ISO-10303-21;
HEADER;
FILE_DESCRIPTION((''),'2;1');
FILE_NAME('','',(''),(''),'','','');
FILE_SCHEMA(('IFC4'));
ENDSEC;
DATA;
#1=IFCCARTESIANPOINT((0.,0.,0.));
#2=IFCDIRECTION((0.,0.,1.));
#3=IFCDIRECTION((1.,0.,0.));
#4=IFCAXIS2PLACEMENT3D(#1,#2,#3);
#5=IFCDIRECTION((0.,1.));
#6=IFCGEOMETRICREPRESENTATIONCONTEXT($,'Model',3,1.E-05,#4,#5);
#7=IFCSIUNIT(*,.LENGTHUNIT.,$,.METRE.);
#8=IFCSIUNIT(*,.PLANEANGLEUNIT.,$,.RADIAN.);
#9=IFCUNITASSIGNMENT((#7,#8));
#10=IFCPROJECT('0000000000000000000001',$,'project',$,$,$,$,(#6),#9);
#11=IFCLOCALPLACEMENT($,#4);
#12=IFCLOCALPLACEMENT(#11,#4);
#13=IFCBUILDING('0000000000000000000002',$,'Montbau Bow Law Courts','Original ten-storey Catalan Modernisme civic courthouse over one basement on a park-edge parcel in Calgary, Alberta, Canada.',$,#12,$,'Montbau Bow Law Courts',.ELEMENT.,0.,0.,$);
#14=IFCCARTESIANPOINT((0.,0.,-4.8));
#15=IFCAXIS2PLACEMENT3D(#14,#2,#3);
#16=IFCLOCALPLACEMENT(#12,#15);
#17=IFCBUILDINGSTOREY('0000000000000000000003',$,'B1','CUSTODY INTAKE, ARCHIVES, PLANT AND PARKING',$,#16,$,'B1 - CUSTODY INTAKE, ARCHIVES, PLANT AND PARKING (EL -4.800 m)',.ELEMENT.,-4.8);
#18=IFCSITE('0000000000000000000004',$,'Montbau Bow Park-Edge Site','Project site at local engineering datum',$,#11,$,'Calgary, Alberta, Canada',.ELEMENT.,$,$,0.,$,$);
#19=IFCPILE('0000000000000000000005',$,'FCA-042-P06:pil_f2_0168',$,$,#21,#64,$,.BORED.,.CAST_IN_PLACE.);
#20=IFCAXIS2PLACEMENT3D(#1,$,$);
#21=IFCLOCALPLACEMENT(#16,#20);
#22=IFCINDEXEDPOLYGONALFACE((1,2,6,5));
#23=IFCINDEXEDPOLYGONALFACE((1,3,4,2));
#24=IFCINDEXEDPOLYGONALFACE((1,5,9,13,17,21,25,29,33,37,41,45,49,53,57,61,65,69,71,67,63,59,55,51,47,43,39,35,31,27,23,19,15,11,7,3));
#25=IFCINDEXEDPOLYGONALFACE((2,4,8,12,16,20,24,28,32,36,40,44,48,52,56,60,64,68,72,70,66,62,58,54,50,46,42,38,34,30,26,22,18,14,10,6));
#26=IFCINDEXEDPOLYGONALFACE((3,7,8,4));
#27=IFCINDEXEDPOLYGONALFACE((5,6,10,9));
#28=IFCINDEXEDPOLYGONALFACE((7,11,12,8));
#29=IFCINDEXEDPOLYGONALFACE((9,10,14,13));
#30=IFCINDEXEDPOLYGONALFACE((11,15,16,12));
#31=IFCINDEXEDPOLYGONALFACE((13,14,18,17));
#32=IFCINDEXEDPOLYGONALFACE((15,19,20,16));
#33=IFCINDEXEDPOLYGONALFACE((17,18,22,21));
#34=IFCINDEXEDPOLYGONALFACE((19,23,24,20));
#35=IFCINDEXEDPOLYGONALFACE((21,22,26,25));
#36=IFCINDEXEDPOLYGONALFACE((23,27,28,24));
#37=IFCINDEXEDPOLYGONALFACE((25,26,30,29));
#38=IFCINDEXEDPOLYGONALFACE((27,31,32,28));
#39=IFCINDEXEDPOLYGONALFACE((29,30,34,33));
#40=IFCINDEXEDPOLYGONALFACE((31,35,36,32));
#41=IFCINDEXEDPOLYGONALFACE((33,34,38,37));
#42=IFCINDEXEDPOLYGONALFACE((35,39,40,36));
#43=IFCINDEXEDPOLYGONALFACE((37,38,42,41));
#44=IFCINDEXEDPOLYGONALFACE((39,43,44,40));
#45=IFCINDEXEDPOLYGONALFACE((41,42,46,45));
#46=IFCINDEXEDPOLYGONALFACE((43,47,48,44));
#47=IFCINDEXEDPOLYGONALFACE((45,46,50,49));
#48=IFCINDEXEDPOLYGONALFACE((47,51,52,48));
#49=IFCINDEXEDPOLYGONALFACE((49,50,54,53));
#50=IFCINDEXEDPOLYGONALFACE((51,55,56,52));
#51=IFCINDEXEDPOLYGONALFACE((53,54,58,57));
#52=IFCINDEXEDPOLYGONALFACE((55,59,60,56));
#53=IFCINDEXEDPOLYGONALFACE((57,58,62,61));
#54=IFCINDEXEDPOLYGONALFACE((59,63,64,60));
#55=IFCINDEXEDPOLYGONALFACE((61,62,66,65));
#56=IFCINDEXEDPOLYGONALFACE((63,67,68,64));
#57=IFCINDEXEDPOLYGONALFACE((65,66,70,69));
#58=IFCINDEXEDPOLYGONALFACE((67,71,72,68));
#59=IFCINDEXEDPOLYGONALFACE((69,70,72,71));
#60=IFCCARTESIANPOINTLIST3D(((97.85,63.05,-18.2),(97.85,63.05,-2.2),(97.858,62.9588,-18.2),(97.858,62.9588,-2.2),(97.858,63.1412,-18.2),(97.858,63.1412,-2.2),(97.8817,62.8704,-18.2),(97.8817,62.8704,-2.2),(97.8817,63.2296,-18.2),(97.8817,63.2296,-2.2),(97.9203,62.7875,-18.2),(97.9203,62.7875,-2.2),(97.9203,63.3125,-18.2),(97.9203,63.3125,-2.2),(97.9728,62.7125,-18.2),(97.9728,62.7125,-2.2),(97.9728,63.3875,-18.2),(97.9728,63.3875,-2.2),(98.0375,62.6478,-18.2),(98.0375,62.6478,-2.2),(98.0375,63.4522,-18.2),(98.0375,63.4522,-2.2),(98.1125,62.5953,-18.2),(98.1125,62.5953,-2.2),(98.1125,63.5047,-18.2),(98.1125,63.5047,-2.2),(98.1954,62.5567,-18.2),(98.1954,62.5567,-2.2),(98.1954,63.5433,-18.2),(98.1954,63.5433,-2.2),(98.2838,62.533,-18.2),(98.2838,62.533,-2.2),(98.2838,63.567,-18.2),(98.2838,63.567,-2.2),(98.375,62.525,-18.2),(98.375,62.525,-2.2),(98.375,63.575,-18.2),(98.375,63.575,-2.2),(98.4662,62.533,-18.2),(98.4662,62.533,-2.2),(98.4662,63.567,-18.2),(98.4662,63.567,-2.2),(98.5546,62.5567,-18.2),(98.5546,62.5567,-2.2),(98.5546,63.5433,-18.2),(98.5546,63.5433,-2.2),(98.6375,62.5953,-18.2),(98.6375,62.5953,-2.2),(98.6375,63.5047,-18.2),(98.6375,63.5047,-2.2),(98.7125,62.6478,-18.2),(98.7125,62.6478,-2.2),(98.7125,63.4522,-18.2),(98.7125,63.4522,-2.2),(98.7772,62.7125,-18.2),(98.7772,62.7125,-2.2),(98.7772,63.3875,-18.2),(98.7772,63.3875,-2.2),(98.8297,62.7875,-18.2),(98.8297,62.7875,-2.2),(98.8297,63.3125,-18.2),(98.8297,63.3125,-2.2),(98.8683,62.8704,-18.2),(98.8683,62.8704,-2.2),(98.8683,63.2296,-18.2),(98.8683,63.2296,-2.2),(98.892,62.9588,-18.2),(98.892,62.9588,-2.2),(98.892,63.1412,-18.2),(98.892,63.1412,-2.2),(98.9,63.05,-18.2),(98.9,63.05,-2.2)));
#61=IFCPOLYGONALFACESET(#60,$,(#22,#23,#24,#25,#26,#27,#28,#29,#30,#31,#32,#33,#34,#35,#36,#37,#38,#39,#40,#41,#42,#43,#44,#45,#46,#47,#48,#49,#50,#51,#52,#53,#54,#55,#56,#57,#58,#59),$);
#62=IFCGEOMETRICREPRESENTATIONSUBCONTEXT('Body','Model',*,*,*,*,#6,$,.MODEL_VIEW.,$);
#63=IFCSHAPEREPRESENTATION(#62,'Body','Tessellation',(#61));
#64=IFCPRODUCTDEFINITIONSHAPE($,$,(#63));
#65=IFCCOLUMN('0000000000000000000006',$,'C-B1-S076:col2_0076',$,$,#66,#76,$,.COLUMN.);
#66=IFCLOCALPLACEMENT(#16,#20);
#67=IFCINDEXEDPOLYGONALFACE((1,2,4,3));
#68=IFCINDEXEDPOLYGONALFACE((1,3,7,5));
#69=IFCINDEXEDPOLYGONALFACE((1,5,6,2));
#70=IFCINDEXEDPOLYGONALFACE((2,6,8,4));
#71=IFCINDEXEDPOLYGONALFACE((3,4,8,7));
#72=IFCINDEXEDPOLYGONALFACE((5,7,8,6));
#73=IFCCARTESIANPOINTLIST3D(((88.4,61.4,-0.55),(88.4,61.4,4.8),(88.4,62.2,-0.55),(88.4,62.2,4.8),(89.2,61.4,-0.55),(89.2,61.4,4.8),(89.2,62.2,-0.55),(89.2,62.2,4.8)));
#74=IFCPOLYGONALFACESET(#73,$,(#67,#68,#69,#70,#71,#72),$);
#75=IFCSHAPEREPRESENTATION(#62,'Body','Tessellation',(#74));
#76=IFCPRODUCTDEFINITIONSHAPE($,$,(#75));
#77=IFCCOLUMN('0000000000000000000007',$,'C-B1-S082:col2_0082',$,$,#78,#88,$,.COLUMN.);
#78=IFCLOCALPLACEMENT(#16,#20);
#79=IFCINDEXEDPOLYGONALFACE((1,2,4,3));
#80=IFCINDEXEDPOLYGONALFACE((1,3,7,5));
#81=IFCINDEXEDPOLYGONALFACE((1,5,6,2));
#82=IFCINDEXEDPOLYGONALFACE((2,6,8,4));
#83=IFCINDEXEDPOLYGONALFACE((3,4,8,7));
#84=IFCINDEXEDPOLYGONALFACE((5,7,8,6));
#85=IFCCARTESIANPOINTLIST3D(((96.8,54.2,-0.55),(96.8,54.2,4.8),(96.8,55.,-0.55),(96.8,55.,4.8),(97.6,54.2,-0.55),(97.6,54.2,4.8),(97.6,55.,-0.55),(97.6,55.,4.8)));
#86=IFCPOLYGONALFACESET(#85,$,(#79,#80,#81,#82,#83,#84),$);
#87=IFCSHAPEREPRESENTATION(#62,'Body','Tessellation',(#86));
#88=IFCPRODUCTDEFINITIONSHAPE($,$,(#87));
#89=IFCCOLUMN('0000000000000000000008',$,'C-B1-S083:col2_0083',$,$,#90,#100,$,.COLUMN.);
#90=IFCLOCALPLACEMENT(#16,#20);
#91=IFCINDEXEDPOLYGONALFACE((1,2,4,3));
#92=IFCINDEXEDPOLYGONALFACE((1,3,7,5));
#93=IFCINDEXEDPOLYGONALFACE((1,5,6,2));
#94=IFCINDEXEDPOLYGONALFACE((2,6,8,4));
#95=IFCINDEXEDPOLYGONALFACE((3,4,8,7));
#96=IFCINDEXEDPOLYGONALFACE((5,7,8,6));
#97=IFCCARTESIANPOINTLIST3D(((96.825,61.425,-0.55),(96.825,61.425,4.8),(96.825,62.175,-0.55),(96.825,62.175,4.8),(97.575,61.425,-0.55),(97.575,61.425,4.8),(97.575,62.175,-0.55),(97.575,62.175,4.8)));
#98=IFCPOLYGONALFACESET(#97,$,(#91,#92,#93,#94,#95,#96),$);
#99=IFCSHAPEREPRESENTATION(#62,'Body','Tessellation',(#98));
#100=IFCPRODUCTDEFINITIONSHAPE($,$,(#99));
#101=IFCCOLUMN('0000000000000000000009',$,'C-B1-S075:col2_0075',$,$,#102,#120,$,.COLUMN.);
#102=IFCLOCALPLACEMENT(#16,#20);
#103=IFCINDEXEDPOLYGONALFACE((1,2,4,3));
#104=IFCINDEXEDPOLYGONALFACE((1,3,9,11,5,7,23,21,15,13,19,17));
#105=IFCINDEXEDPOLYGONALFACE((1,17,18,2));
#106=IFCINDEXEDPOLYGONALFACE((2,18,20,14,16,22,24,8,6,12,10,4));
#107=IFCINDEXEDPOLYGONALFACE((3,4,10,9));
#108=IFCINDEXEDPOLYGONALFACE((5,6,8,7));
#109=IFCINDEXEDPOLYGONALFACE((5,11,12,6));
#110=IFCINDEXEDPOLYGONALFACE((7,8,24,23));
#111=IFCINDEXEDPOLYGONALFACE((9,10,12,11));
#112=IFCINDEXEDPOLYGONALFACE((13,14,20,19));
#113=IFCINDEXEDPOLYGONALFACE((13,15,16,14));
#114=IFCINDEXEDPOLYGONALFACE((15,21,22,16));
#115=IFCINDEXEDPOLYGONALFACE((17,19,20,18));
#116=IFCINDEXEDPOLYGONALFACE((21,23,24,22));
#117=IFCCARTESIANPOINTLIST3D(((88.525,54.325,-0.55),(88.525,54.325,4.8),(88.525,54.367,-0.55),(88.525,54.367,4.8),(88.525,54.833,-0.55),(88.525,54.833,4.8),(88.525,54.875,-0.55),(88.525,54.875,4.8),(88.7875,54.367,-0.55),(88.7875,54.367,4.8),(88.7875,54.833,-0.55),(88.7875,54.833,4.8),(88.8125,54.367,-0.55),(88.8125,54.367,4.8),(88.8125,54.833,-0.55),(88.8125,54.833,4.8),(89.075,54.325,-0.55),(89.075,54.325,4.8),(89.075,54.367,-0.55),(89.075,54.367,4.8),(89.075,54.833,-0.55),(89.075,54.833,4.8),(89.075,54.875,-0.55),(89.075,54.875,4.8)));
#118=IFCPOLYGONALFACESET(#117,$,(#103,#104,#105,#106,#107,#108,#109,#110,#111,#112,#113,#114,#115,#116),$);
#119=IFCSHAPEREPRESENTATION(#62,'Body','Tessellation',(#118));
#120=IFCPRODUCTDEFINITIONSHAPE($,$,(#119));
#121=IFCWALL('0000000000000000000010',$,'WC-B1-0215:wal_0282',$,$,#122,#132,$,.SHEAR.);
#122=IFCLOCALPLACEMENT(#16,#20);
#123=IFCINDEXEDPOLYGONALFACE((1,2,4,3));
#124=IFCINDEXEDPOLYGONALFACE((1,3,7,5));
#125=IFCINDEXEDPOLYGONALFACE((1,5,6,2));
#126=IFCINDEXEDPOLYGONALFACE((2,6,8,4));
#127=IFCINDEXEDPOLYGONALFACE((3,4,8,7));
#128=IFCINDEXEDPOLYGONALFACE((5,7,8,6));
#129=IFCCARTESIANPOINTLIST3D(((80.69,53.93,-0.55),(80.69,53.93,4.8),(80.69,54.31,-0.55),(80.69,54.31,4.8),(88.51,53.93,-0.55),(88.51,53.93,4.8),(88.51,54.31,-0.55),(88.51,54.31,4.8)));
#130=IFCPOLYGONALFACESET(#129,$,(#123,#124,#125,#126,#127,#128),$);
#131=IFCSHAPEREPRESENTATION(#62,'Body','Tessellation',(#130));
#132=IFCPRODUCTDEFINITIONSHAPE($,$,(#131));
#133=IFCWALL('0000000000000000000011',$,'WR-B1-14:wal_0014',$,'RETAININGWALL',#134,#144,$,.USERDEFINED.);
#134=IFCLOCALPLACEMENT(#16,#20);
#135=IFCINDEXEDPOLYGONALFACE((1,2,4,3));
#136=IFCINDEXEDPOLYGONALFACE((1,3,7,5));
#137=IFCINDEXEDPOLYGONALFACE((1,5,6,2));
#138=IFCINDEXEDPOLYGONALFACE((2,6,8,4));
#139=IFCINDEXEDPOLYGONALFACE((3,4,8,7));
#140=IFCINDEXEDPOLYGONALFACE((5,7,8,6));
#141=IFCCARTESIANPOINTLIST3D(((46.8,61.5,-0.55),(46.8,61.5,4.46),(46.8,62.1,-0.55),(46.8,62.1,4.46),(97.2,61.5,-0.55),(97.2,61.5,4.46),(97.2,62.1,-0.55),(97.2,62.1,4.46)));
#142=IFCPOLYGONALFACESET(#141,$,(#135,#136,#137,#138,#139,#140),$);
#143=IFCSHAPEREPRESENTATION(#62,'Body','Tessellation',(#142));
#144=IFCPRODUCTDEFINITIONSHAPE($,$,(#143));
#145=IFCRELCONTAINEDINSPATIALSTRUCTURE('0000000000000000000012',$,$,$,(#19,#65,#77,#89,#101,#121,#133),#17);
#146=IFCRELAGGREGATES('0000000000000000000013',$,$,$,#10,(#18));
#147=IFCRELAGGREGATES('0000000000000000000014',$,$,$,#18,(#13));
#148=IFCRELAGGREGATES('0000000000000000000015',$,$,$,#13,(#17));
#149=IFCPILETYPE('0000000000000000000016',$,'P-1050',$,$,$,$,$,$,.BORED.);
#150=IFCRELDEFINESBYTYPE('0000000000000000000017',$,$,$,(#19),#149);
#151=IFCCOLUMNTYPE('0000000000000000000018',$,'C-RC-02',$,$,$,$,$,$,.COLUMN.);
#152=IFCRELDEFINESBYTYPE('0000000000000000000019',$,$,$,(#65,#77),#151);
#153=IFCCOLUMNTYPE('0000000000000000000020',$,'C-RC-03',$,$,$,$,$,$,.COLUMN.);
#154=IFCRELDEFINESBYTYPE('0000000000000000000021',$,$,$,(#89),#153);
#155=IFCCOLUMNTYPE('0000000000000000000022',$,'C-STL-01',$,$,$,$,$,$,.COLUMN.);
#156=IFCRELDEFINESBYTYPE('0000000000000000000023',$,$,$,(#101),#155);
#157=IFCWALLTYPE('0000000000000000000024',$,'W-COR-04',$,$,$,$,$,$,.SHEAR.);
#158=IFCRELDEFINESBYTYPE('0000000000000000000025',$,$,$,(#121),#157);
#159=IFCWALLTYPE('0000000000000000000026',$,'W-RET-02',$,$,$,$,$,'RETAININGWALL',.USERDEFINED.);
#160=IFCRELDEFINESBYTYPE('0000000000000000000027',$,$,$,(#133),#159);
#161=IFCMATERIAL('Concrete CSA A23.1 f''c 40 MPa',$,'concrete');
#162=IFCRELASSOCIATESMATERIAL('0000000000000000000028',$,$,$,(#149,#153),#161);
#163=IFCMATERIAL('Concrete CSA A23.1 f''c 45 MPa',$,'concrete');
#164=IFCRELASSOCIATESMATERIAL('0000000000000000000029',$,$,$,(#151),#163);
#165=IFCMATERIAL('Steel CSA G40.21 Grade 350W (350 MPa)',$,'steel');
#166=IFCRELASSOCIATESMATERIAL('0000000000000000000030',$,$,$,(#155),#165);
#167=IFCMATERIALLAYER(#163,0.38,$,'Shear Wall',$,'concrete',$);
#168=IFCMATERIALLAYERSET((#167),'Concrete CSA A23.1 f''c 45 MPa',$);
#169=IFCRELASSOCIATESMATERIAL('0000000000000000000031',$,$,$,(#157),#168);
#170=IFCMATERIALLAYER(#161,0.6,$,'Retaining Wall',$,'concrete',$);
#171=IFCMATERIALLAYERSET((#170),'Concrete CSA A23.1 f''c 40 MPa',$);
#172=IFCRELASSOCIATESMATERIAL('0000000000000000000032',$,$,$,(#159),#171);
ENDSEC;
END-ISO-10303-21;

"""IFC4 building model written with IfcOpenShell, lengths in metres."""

from ifc_helpers import new_model, si_unit, direction, frame, frame_2d, origin_with_axes, origin_2d_with_axis, place, context, subcontext, project, spatial, rectangle, circle, i_section, extrude, material, layer, layer_set, material_profile, profile_set, type_object, element, save


model = new_model("IFC4")

# Units and contexts
model_context = context("Model", 3, precision=1e-05, world=origin_with_axes(), true_north=direction((0.0, 1.0)))
body_context = subcontext(model_context, "Body", "Model", "MODEL_VIEW")
ifc_project = project(units=[si_unit("LENGTHUNIT", "METRE"), si_unit("PLANEANGLEUNIT", "RADIAN")], contexts=[model_context])

# Site, building, storey
site_placement = place(None, origin_with_axes())
site = spatial("IfcSite", under=ifc_project, at=site_placement, Name="Montbau Bow Park-Edge Site", Description="Project site at local engineering datum", LongName="Calgary, Alberta, Canada", CompositionType="ELEMENT", RefElevation=0.0)
building_placement = place(site_placement, origin_with_axes())
building = spatial("IfcBuilding", under=site, at=building_placement, Name="Montbau Bow Law Courts", Description="Original ten-storey Catalan Modernisme civic courthouse over one basement on a park-edge parcel in Calgary, Alberta, Canada.", LongName="Montbau Bow Law Courts", CompositionType="ELEMENT", ElevationOfRefHeight=0.0, ElevationOfTerrain=0.0)
storey_placement = place(building_placement, frame((0.0, 0.0, -4.8), z_axis=(0.0, 0.0, 1.0), x_axis=(1.0, 0.0, 0.0)))
storey = spatial("IfcBuildingStorey", under=building, at=storey_placement, Name="B1", Description="CUSTODY INTAKE, ARCHIVES, PLANT AND PARKING", LongName="B1 - CUSTODY INTAKE, ARCHIVES, PLANT AND PARKING (EL -4.800 m)", CompositionType="ELEMENT", Elevation=-4.8)

# Pile
ifc_material_1 = material(Name="Concrete CSA A23.1 f'c 40 MPa", Category="concrete")
ifc_material_profile_1 = material_profile(ifc_material_1, circle(Radius=0.525, at=origin_2d_with_axis()), Name="BP1050", Category="Main", Priority=0)
ifc_profile_set_1 = profile_set([ifc_material_profile_1], Name="Concrete CSA A23.1 f'c 40 MPa")
pile_type_1 = type_object("IfcPileType", Name="P-1050", PredefinedType="BORED", material=ifc_profile_set_1)
for number, where, z_axis, x_axis, name in (
    (1, (98.375, 63.05, -23.0), (0.0, 0.0, 1.0), (1.0, 0.0, 0.0), "FCA-042-P06:pil_f2_0168"),
):
    element("IfcPile", number, at=place(None, frame(where, z_axis=z_axis, x_axis=x_axis)), inside=storey, type_object=pile_type_1, Name=name, ConstructionType="CAST_IN_PLACE", PredefinedType="BORED", context=body_context, shape_type="SweptSolid", body=[
        extrude(circle(Radius=0.525, at=origin_2d_with_axis()), origin_with_axes(), (0.0, 0.0, 1.0), 16.0),
    ])

# Columns
ifc_material_2 = material(Name="Concrete CSA A23.1 f'c 45 MPa", Category="concrete")
ifc_material_profile_2 = material_profile(ifc_material_2, rectangle(XDim=0.8, YDim=0.8, at=origin_2d_with_axis()), Name="RC800X800", Category="Main", Priority=0)
ifc_profile_set_2 = profile_set([ifc_material_profile_2], Name="Concrete CSA A23.1 f'c 45 MPa")
column_type_1 = type_object("IfcColumnType", Name="C-RC-02", PredefinedType="COLUMN", material=ifc_profile_set_2)
for number, where, z_axis, x_axis, name in (
    (2, (88.8, 61.8, -5.35), (0.0, 0.0, 1.0), (1.0, 0.0, 0.0), "C-B1-S076:col2_0076"),
    (3, (97.2, 54.6, -5.35), (0.0, 0.0, 1.0), (1.0, 0.0, 0.0), "C-B1-S082:col2_0082"),
):
    element("IfcColumn", number, at=place(None, frame(where, z_axis=z_axis, x_axis=x_axis)), inside=storey, type_object=column_type_1, Name=name, PredefinedType="COLUMN", context=body_context, shape_type="SweptSolid", body=[
        extrude(rectangle(XDim=0.8, YDim=0.8, at=origin_2d_with_axis()), origin_with_axes(), (0.0, 0.0, 1.0), 5.35),
    ])
ifc_material_profile_3 = material_profile(ifc_material_1, rectangle(XDim=0.75, YDim=0.75, at=origin_2d_with_axis()), Name="RC750X750", Category="Main", Priority=0)
ifc_profile_set_3 = profile_set([ifc_material_profile_3], Name="Concrete CSA A23.1 f'c 40 MPa")
column_type_2 = type_object("IfcColumnType", Name="C-RC-03", PredefinedType="COLUMN", material=ifc_profile_set_3)
column_1_placement = place(None, frame((97.2, 61.8, -5.35), z_axis=(0.0, 0.0, 1.0), x_axis=(1.0, 0.0, 0.0)))
element("IfcColumn", 4, at=column_1_placement, inside=storey, type_object=column_type_2, Name="C-B1-S083:col2_0083", PredefinedType="COLUMN", context=body_context, shape_type="SweptSolid", body=[
    extrude(rectangle(XDim=0.75, YDim=0.75, at=origin_2d_with_axis()), origin_with_axes(), (0.0, 0.0, 1.0), 5.35),
])
ifc_material_3 = material(Name="Steel CSA G40.21 Grade 350W (350 MPa)", Category="steel")
ifc_material_profile_4 = material_profile(ifc_material_3, i_section(OverallWidth=0.55, OverallDepth=0.55, WebThickness=0.025, FlangeThickness=0.042, at=origin_2d_with_axis()), Name="WWF550X420", Category="Main", Priority=0)
ifc_profile_set_4 = profile_set([ifc_material_profile_4], Name="Steel CSA G40.21 Grade 350W (350 MPa)")
column_type_3 = type_object("IfcColumnType", Name="C-STL-01", PredefinedType="COLUMN", material=ifc_profile_set_4)
column_2_placement = place(None, frame((88.8, 54.6, -5.35), z_axis=(0.0, 0.0, 1.0), x_axis=(1.0, 0.0, 0.0)))
element("IfcColumn", 5, at=column_2_placement, inside=storey, type_object=column_type_3, Name="C-B1-S075:col2_0075", PredefinedType="COLUMN", context=body_context, shape_type="SweptSolid", body=[
    extrude(i_section(OverallWidth=0.55, OverallDepth=0.55, WebThickness=0.025, FlangeThickness=0.042, at=origin_2d_with_axis()), origin_with_axes(), (0.0, 0.0, 1.0), 5.35),
])

# Walls
ifc_layer_1 = layer(ifc_material_2, 0.38, Name="Shear Wall", Category="concrete")
ifc_layer_set_1 = layer_set([ifc_layer_1], Name="Concrete CSA A23.1 f'c 45 MPa")
wall_type_1 = type_object("IfcWallType", Name="W-COR-04", PredefinedType="SHEAR", material=ifc_layer_set_1)
wall_1_placement = place(None, frame((88.51, 54.12, -5.35), z_axis=(0.0, 0.0, 1.0), x_axis=(-1.0, 0.0, 0.0)))
element("IfcWall", 6, at=wall_1_placement, inside=storey, type_object=wall_type_1, Name="WC-B1-0215:wal_0282", PredefinedType="SHEAR", context=body_context, shape_type="SweptSolid", body=[
    extrude(rectangle(XDim=7.82, YDim=0.38, at=frame_2d((3.91, 0.0), x_axis=(1.0, 0.0))), origin_with_axes(), (0.0, 0.0, 1.0), 5.35),
])
ifc_layer_2 = layer(ifc_material_1, 0.6, Name="Retaining Wall", Category="concrete")
ifc_layer_set_2 = layer_set([ifc_layer_2], Name="Concrete CSA A23.1 f'c 40 MPa")
wall_type_2 = type_object("IfcWallType", Name="W-RET-02", ElementType="RETAININGWALL", PredefinedType="USERDEFINED", material=ifc_layer_set_2)
wall_2_placement = place(None, frame((97.2, 61.8, -5.35), z_axis=(0.0, 0.0, 1.0), x_axis=(-1.0, 0.0, 0.0)))
element("IfcWall", 7, at=wall_2_placement, inside=storey, type_object=wall_type_2, Name="WR-B1-14:wal_0014", ObjectType="RETAININGWALL", PredefinedType="USERDEFINED", context=body_context, shape_type="SweptSolid", body=[
    extrude(rectangle(XDim=50.4, YDim=0.6, at=frame_2d((25.2, 0.0), x_axis=(1.0, 0.0))), origin_with_axes(), (0.0, 0.0, 1.0), 5.01),
])

save(model, "model.ifc")
